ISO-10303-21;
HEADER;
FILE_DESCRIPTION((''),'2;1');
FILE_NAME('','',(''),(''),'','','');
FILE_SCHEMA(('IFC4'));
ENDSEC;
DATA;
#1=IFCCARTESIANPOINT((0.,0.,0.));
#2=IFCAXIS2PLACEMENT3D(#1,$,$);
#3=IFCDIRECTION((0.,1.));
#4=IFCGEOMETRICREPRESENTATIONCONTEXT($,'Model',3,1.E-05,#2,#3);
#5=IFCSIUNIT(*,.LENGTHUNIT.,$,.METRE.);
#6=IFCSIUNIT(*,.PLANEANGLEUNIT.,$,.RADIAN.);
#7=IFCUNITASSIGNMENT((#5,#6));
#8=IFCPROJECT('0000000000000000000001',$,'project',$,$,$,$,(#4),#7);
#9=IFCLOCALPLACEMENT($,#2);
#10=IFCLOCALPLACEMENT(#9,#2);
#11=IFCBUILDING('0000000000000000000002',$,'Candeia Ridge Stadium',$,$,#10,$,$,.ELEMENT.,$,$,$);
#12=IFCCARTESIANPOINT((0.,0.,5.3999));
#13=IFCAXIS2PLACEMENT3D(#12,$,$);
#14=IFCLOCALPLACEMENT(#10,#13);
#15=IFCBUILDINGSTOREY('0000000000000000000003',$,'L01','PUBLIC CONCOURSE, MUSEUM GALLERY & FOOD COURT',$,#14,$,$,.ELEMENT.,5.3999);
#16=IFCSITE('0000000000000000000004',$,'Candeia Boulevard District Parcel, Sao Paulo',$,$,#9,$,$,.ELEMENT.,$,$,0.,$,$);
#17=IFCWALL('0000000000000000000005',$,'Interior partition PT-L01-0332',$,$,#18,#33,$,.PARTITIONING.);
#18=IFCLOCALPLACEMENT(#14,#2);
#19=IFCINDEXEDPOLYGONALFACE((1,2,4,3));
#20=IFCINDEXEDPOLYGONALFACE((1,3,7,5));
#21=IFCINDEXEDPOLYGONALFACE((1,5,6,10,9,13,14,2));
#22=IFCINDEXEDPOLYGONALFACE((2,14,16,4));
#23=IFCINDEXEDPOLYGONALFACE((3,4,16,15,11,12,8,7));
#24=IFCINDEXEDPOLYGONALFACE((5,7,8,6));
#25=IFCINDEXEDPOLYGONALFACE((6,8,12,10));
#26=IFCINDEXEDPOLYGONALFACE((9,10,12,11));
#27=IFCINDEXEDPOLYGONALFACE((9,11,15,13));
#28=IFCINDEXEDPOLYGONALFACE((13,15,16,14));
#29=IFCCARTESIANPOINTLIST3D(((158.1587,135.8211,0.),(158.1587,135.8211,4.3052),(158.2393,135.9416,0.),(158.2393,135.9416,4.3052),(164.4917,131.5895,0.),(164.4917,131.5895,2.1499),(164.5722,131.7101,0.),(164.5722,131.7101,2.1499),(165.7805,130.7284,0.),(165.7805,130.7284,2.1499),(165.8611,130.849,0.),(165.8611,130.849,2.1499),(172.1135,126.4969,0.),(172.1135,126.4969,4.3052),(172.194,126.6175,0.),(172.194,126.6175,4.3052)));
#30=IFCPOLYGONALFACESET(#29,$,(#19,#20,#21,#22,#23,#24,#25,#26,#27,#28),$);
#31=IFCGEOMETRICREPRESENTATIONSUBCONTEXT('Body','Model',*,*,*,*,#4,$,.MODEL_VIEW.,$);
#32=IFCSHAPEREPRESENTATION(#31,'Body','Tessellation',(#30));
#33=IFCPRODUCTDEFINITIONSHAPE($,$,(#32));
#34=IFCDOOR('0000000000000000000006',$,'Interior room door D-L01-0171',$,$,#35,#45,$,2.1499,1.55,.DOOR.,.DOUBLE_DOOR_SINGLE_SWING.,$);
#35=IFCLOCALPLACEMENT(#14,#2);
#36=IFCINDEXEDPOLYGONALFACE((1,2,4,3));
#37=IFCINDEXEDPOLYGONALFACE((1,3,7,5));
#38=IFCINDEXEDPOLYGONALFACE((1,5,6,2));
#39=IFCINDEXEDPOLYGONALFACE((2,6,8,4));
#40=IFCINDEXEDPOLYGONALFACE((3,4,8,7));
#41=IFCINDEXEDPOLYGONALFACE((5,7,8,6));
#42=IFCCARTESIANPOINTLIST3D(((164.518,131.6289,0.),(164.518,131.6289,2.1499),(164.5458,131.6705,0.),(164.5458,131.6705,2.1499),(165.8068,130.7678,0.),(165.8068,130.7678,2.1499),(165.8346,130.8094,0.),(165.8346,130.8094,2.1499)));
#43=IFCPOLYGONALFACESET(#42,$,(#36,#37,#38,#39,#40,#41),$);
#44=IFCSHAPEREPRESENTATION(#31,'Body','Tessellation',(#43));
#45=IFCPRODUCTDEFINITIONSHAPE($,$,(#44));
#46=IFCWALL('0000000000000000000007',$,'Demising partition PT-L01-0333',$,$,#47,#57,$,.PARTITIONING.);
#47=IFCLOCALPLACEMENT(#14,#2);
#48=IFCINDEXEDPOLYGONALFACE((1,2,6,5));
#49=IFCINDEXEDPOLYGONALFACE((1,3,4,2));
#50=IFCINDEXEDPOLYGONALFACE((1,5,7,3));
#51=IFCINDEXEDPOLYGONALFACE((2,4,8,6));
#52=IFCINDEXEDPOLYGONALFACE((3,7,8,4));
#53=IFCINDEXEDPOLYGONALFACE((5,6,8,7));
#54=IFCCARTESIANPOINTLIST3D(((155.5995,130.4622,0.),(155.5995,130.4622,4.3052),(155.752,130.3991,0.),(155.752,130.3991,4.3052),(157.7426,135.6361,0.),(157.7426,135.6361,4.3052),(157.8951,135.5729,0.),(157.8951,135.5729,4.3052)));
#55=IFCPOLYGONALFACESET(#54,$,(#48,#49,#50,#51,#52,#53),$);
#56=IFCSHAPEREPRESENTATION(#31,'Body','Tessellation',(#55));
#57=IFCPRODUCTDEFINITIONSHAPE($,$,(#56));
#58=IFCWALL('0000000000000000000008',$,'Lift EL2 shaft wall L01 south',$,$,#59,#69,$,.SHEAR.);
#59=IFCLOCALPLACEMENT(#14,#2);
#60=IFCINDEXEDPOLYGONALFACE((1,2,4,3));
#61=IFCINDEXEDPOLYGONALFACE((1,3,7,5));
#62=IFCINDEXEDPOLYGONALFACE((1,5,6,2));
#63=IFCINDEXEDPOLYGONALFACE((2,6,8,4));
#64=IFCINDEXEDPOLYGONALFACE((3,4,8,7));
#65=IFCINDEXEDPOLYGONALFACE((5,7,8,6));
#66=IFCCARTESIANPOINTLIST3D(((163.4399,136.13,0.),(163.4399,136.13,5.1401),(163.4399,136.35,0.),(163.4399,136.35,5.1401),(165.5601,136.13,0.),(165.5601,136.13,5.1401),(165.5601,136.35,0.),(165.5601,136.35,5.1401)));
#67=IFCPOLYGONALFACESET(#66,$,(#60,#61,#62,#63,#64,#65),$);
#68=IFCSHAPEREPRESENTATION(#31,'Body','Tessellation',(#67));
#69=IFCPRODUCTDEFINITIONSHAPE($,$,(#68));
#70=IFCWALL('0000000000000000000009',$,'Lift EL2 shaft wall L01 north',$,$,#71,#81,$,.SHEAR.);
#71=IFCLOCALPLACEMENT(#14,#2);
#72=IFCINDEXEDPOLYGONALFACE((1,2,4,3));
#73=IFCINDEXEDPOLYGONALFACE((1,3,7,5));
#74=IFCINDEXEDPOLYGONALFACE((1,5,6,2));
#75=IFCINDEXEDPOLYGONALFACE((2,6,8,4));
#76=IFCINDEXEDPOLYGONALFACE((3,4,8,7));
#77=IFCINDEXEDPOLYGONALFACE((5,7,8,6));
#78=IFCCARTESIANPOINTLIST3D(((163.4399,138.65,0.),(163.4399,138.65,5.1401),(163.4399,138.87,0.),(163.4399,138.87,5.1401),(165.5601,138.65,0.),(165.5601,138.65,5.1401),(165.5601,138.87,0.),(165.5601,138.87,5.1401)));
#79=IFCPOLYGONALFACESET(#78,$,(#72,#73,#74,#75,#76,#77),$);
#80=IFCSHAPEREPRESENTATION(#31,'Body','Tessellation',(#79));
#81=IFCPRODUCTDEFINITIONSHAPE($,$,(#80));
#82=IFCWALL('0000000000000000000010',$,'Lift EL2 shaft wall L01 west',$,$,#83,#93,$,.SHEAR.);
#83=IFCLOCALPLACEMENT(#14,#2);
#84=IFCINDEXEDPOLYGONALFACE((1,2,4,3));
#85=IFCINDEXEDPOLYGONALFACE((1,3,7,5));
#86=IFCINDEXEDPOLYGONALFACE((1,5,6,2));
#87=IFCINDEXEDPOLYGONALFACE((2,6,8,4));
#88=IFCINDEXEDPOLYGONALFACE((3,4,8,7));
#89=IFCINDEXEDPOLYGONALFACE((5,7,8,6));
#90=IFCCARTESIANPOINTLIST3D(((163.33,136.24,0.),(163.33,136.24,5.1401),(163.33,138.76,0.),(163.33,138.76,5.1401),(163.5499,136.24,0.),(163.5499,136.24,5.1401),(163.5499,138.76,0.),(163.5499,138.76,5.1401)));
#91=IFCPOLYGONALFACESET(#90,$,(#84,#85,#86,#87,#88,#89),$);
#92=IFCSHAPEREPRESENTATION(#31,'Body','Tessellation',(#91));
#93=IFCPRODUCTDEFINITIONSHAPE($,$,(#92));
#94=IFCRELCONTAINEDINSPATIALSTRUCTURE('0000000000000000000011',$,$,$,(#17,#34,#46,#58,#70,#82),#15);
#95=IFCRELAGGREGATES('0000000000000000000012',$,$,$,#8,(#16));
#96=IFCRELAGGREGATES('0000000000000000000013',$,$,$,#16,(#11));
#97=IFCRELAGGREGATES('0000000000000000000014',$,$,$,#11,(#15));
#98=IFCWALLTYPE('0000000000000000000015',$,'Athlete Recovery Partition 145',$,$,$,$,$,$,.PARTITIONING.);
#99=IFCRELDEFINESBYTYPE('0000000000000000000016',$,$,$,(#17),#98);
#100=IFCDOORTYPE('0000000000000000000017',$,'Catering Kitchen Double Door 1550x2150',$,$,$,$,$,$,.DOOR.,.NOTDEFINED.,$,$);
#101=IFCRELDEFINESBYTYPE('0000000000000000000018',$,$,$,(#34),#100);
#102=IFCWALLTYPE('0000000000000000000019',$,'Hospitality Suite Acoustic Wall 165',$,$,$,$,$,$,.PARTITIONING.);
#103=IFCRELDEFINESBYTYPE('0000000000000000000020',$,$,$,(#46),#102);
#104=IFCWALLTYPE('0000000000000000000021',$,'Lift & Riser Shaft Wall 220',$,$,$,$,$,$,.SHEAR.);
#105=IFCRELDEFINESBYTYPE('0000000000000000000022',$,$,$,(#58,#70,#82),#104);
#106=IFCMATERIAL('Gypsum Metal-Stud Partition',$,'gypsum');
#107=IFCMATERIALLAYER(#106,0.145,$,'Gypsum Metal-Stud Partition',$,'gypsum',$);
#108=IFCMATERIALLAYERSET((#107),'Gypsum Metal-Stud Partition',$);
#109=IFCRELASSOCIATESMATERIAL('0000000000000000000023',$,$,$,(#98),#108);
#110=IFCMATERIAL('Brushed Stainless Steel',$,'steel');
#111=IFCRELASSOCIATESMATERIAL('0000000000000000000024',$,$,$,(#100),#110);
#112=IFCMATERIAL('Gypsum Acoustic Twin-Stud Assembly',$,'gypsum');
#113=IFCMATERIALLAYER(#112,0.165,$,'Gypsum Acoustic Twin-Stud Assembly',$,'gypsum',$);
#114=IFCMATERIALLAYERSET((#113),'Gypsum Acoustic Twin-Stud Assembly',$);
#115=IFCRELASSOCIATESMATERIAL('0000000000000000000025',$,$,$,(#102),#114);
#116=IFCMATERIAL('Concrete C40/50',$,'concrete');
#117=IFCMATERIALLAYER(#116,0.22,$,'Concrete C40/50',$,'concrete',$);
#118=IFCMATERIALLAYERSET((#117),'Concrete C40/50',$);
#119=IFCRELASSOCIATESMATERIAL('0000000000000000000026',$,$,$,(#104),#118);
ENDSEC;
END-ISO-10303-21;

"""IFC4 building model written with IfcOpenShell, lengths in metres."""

from ifc_helpers import new_model, si_unit, direction, frame, frame_2d, origin, place, context, subcontext, project, spatial, rectangle, extrude, material, layer, layer_set, type_object, element, fill, save


model = new_model("IFC4")

# Units and contexts
model_context = context("Model", 3, precision=1e-05, world=origin(), true_north=direction((0.0, 1.0)))
body_context = subcontext(model_context, "Body", "Model", "MODEL_VIEW")
ifc_project = project(units=[si_unit("LENGTHUNIT", "METRE"), si_unit("PLANEANGLEUNIT", "RADIAN")], contexts=[model_context])

# Site, building, storey
site_placement = place(None, origin())
site = spatial("IfcSite", under=ifc_project, at=site_placement, Name="Candeia Boulevard District Parcel, Sao Paulo", CompositionType="ELEMENT", RefElevation=0.0)
building_placement = place(site_placement, origin())
building = spatial("IfcBuilding", under=site, at=building_placement, Name="Candeia Ridge Stadium", CompositionType="ELEMENT")
storey_placement = place(building_placement, frame((0.0, 0.0, 5.3999)))
storey = spatial("IfcBuildingStorey", under=building, at=storey_placement, Name="L01", Description="PUBLIC CONCOURSE, MUSEUM GALLERY & FOOD COURT", CompositionType="ELEMENT", Elevation=5.3999)

# Shared definitions
ifc_material_1 = material(Name="Concrete C40/50", Category="concrete")

# Wall, opening, door
ifc_material_2 = material(Name="Gypsum Metal-Stud Partition", Category="gypsum")
ifc_layer_1 = layer(ifc_material_2, 0.145, Name="Gypsum Metal-Stud Partition", Category="gypsum")
ifc_layer_set_1 = layer_set([ifc_layer_1], Name="Gypsum Metal-Stud Partition")
wall_type_1 = type_object("IfcWallType", Name="Athlete Recovery Partition 145", PredefinedType="PARTITIONING", material=ifc_layer_set_1)
wall_1_placement = place(storey_placement, frame((158.199, 135.8813, 0.0), z_axis=(0.0, 0.0, 1.0), x_axis=(0.831472, -0.555566, 0.0)))
wall_1 = element("IfcWall", 1, at=wall_1_placement, inside=storey, type_object=wall_type_1, Name="Interior partition PT-L01-0332", PredefinedType="PARTITIONING", context=body_context, shape_type="SweptSolid", body=[
    extrude(rectangle(XDim=16.7832, YDim=0.145, at=frame_2d((8.3916, 0.0))), origin(), (0.0, 0.0, 1.0), 4.3052),
])
opening_1_placement = place(wall_1_placement, frame((7.6167, 0.0, 0.0)))
opening_1 = element("IfcOpeningElement", 2, at=opening_1_placement, cuts=wall_1, PredefinedType="OPENING", context=body_context, shape_type="SweptSolid", body=[
    extrude(rectangle(XDim=1.55, YDim=2.1499, at=frame_2d((0.7749, 1.075))), frame((0.0, 0.0825, 0.0), z_axis=(0.0, -1.0, 0.0), x_axis=(1.0, 0.0, 0.0)), (0.0, 0.0, 1.0), 0.165),
])
ifc_material_3 = material(Name="Brushed Stainless Steel", Category="steel")
door_type_1 = type_object("IfcDoorType", Name="Catering Kitchen Double Door 1550x2150", OperationType="NOTDEFINED", PredefinedType="DOOR", material=ifc_material_3)
door_1_placement = place(opening_1_placement, origin())
door_1 = element("IfcDoor", 3, at=door_1_placement, inside=storey, type_object=door_type_1, Name="Interior room door D-L01-0171", OperationType="DOUBLE_DOOR_SINGLE_SWING", OverallHeight=2.1499, OverallWidth=1.55, PredefinedType="DOOR", context=body_context, shape_type="SweptSolid", body=[
    extrude(rectangle(XDim=1.55, YDim=2.1499, at=frame_2d((0.7749, 1.075))), frame((0.0, 0.0249, 0.0), z_axis=(0.0, -1.0, 0.0), x_axis=(1.0, 0.0, 0.0)), (0.0, 0.0, 1.0), 0.05),
])
fill(opening_1, door_1)

# Walls
ifc_material_4 = material(Name="Gypsum Acoustic Twin-Stud Assembly", Category="gypsum")
ifc_layer_2 = layer(ifc_material_4, 0.165, Name="Gypsum Acoustic Twin-Stud Assembly", Category="gypsum")
ifc_layer_set_2 = layer_set([ifc_layer_2], Name="Gypsum Acoustic Twin-Stud Assembly")
wall_type_2 = type_object("IfcWallType", Name="Hospitality Suite Acoustic Wall 165", PredefinedType="PARTITIONING", material=ifc_layer_set_2)
wall_2_placement = place(storey_placement, frame((155.6758, 130.4307, 0.0), z_axis=(0.0, 0.0, 1.0), x_axis=(0.382683, 0.92388, 0.0)))
element("IfcWall", 4, at=wall_2_placement, inside=storey, type_object=wall_type_2, Name="Demising partition PT-L01-0333", PredefinedType="PARTITIONING", context=body_context, shape_type="SweptSolid", body=[
    extrude(rectangle(XDim=5.6001, YDim=0.165, at=frame_2d((2.8, 0.0))), origin(), (0.0, 0.0, 1.0), 4.3052),
])
ifc_layer_3 = layer(ifc_material_1, 0.22, Name="Concrete C40/50", Category="concrete")
ifc_layer_set_3 = layer_set([ifc_layer_3], Name="Concrete C40/50")
wall_type_3 = type_object("IfcWallType", Name="Lift & Riser Shaft Wall 220", PredefinedType="SHEAR", material=ifc_layer_set_3)
wall_3_placement = place(storey_placement, frame((163.4399, 136.24, 0.0), z_axis=(0.0, 0.0, 1.0), x_axis=(1.0, 0.0, 0.0)))
element("IfcWall", 5, at=wall_3_placement, inside=storey, type_object=wall_type_3, Name="Lift EL2 shaft wall L01 south", PredefinedType="SHEAR", context=body_context, shape_type="SweptSolid", body=[
    extrude(rectangle(XDim=2.1201, YDim=0.22, at=frame_2d((1.0601, 0.0))), origin(), (0.0, 0.0, 1.0), 5.1401),
])

# Walls
wall_4_placement = place(storey_placement, frame((165.5601, 138.76, 0.0), z_axis=(0.0, 0.0, 1.0), x_axis=(-1.0, 0.0, 0.0)))
element("IfcWall", 6, at=wall_4_placement, inside=storey, type_object=wall_type_3, Name="Lift EL2 shaft wall L01 north", PredefinedType="SHEAR", context=body_context, shape_type="SweptSolid", body=[
    extrude(rectangle(XDim=2.1201, YDim=0.22, at=frame_2d((1.0601, 0.0))), origin(), (0.0, 0.0, 1.0), 5.1401),
])
wall_5_placement = place(storey_placement, frame((163.4399, 138.76, 0.0), z_axis=(0.0, 0.0, 1.0), x_axis=(0.0, -1.0, 0.0)))
element("IfcWall", 7, at=wall_5_placement, inside=storey, type_object=wall_type_3, Name="Lift EL2 shaft wall L01 west", PredefinedType="SHEAR", context=body_context, shape_type="SweptSolid", body=[
    extrude(rectangle(XDim=2.52, YDim=0.22, at=frame_2d((1.26, 0.0))), origin(), (0.0, 0.0, 1.0), 5.1401),
])

save(model, "model.ifc")
